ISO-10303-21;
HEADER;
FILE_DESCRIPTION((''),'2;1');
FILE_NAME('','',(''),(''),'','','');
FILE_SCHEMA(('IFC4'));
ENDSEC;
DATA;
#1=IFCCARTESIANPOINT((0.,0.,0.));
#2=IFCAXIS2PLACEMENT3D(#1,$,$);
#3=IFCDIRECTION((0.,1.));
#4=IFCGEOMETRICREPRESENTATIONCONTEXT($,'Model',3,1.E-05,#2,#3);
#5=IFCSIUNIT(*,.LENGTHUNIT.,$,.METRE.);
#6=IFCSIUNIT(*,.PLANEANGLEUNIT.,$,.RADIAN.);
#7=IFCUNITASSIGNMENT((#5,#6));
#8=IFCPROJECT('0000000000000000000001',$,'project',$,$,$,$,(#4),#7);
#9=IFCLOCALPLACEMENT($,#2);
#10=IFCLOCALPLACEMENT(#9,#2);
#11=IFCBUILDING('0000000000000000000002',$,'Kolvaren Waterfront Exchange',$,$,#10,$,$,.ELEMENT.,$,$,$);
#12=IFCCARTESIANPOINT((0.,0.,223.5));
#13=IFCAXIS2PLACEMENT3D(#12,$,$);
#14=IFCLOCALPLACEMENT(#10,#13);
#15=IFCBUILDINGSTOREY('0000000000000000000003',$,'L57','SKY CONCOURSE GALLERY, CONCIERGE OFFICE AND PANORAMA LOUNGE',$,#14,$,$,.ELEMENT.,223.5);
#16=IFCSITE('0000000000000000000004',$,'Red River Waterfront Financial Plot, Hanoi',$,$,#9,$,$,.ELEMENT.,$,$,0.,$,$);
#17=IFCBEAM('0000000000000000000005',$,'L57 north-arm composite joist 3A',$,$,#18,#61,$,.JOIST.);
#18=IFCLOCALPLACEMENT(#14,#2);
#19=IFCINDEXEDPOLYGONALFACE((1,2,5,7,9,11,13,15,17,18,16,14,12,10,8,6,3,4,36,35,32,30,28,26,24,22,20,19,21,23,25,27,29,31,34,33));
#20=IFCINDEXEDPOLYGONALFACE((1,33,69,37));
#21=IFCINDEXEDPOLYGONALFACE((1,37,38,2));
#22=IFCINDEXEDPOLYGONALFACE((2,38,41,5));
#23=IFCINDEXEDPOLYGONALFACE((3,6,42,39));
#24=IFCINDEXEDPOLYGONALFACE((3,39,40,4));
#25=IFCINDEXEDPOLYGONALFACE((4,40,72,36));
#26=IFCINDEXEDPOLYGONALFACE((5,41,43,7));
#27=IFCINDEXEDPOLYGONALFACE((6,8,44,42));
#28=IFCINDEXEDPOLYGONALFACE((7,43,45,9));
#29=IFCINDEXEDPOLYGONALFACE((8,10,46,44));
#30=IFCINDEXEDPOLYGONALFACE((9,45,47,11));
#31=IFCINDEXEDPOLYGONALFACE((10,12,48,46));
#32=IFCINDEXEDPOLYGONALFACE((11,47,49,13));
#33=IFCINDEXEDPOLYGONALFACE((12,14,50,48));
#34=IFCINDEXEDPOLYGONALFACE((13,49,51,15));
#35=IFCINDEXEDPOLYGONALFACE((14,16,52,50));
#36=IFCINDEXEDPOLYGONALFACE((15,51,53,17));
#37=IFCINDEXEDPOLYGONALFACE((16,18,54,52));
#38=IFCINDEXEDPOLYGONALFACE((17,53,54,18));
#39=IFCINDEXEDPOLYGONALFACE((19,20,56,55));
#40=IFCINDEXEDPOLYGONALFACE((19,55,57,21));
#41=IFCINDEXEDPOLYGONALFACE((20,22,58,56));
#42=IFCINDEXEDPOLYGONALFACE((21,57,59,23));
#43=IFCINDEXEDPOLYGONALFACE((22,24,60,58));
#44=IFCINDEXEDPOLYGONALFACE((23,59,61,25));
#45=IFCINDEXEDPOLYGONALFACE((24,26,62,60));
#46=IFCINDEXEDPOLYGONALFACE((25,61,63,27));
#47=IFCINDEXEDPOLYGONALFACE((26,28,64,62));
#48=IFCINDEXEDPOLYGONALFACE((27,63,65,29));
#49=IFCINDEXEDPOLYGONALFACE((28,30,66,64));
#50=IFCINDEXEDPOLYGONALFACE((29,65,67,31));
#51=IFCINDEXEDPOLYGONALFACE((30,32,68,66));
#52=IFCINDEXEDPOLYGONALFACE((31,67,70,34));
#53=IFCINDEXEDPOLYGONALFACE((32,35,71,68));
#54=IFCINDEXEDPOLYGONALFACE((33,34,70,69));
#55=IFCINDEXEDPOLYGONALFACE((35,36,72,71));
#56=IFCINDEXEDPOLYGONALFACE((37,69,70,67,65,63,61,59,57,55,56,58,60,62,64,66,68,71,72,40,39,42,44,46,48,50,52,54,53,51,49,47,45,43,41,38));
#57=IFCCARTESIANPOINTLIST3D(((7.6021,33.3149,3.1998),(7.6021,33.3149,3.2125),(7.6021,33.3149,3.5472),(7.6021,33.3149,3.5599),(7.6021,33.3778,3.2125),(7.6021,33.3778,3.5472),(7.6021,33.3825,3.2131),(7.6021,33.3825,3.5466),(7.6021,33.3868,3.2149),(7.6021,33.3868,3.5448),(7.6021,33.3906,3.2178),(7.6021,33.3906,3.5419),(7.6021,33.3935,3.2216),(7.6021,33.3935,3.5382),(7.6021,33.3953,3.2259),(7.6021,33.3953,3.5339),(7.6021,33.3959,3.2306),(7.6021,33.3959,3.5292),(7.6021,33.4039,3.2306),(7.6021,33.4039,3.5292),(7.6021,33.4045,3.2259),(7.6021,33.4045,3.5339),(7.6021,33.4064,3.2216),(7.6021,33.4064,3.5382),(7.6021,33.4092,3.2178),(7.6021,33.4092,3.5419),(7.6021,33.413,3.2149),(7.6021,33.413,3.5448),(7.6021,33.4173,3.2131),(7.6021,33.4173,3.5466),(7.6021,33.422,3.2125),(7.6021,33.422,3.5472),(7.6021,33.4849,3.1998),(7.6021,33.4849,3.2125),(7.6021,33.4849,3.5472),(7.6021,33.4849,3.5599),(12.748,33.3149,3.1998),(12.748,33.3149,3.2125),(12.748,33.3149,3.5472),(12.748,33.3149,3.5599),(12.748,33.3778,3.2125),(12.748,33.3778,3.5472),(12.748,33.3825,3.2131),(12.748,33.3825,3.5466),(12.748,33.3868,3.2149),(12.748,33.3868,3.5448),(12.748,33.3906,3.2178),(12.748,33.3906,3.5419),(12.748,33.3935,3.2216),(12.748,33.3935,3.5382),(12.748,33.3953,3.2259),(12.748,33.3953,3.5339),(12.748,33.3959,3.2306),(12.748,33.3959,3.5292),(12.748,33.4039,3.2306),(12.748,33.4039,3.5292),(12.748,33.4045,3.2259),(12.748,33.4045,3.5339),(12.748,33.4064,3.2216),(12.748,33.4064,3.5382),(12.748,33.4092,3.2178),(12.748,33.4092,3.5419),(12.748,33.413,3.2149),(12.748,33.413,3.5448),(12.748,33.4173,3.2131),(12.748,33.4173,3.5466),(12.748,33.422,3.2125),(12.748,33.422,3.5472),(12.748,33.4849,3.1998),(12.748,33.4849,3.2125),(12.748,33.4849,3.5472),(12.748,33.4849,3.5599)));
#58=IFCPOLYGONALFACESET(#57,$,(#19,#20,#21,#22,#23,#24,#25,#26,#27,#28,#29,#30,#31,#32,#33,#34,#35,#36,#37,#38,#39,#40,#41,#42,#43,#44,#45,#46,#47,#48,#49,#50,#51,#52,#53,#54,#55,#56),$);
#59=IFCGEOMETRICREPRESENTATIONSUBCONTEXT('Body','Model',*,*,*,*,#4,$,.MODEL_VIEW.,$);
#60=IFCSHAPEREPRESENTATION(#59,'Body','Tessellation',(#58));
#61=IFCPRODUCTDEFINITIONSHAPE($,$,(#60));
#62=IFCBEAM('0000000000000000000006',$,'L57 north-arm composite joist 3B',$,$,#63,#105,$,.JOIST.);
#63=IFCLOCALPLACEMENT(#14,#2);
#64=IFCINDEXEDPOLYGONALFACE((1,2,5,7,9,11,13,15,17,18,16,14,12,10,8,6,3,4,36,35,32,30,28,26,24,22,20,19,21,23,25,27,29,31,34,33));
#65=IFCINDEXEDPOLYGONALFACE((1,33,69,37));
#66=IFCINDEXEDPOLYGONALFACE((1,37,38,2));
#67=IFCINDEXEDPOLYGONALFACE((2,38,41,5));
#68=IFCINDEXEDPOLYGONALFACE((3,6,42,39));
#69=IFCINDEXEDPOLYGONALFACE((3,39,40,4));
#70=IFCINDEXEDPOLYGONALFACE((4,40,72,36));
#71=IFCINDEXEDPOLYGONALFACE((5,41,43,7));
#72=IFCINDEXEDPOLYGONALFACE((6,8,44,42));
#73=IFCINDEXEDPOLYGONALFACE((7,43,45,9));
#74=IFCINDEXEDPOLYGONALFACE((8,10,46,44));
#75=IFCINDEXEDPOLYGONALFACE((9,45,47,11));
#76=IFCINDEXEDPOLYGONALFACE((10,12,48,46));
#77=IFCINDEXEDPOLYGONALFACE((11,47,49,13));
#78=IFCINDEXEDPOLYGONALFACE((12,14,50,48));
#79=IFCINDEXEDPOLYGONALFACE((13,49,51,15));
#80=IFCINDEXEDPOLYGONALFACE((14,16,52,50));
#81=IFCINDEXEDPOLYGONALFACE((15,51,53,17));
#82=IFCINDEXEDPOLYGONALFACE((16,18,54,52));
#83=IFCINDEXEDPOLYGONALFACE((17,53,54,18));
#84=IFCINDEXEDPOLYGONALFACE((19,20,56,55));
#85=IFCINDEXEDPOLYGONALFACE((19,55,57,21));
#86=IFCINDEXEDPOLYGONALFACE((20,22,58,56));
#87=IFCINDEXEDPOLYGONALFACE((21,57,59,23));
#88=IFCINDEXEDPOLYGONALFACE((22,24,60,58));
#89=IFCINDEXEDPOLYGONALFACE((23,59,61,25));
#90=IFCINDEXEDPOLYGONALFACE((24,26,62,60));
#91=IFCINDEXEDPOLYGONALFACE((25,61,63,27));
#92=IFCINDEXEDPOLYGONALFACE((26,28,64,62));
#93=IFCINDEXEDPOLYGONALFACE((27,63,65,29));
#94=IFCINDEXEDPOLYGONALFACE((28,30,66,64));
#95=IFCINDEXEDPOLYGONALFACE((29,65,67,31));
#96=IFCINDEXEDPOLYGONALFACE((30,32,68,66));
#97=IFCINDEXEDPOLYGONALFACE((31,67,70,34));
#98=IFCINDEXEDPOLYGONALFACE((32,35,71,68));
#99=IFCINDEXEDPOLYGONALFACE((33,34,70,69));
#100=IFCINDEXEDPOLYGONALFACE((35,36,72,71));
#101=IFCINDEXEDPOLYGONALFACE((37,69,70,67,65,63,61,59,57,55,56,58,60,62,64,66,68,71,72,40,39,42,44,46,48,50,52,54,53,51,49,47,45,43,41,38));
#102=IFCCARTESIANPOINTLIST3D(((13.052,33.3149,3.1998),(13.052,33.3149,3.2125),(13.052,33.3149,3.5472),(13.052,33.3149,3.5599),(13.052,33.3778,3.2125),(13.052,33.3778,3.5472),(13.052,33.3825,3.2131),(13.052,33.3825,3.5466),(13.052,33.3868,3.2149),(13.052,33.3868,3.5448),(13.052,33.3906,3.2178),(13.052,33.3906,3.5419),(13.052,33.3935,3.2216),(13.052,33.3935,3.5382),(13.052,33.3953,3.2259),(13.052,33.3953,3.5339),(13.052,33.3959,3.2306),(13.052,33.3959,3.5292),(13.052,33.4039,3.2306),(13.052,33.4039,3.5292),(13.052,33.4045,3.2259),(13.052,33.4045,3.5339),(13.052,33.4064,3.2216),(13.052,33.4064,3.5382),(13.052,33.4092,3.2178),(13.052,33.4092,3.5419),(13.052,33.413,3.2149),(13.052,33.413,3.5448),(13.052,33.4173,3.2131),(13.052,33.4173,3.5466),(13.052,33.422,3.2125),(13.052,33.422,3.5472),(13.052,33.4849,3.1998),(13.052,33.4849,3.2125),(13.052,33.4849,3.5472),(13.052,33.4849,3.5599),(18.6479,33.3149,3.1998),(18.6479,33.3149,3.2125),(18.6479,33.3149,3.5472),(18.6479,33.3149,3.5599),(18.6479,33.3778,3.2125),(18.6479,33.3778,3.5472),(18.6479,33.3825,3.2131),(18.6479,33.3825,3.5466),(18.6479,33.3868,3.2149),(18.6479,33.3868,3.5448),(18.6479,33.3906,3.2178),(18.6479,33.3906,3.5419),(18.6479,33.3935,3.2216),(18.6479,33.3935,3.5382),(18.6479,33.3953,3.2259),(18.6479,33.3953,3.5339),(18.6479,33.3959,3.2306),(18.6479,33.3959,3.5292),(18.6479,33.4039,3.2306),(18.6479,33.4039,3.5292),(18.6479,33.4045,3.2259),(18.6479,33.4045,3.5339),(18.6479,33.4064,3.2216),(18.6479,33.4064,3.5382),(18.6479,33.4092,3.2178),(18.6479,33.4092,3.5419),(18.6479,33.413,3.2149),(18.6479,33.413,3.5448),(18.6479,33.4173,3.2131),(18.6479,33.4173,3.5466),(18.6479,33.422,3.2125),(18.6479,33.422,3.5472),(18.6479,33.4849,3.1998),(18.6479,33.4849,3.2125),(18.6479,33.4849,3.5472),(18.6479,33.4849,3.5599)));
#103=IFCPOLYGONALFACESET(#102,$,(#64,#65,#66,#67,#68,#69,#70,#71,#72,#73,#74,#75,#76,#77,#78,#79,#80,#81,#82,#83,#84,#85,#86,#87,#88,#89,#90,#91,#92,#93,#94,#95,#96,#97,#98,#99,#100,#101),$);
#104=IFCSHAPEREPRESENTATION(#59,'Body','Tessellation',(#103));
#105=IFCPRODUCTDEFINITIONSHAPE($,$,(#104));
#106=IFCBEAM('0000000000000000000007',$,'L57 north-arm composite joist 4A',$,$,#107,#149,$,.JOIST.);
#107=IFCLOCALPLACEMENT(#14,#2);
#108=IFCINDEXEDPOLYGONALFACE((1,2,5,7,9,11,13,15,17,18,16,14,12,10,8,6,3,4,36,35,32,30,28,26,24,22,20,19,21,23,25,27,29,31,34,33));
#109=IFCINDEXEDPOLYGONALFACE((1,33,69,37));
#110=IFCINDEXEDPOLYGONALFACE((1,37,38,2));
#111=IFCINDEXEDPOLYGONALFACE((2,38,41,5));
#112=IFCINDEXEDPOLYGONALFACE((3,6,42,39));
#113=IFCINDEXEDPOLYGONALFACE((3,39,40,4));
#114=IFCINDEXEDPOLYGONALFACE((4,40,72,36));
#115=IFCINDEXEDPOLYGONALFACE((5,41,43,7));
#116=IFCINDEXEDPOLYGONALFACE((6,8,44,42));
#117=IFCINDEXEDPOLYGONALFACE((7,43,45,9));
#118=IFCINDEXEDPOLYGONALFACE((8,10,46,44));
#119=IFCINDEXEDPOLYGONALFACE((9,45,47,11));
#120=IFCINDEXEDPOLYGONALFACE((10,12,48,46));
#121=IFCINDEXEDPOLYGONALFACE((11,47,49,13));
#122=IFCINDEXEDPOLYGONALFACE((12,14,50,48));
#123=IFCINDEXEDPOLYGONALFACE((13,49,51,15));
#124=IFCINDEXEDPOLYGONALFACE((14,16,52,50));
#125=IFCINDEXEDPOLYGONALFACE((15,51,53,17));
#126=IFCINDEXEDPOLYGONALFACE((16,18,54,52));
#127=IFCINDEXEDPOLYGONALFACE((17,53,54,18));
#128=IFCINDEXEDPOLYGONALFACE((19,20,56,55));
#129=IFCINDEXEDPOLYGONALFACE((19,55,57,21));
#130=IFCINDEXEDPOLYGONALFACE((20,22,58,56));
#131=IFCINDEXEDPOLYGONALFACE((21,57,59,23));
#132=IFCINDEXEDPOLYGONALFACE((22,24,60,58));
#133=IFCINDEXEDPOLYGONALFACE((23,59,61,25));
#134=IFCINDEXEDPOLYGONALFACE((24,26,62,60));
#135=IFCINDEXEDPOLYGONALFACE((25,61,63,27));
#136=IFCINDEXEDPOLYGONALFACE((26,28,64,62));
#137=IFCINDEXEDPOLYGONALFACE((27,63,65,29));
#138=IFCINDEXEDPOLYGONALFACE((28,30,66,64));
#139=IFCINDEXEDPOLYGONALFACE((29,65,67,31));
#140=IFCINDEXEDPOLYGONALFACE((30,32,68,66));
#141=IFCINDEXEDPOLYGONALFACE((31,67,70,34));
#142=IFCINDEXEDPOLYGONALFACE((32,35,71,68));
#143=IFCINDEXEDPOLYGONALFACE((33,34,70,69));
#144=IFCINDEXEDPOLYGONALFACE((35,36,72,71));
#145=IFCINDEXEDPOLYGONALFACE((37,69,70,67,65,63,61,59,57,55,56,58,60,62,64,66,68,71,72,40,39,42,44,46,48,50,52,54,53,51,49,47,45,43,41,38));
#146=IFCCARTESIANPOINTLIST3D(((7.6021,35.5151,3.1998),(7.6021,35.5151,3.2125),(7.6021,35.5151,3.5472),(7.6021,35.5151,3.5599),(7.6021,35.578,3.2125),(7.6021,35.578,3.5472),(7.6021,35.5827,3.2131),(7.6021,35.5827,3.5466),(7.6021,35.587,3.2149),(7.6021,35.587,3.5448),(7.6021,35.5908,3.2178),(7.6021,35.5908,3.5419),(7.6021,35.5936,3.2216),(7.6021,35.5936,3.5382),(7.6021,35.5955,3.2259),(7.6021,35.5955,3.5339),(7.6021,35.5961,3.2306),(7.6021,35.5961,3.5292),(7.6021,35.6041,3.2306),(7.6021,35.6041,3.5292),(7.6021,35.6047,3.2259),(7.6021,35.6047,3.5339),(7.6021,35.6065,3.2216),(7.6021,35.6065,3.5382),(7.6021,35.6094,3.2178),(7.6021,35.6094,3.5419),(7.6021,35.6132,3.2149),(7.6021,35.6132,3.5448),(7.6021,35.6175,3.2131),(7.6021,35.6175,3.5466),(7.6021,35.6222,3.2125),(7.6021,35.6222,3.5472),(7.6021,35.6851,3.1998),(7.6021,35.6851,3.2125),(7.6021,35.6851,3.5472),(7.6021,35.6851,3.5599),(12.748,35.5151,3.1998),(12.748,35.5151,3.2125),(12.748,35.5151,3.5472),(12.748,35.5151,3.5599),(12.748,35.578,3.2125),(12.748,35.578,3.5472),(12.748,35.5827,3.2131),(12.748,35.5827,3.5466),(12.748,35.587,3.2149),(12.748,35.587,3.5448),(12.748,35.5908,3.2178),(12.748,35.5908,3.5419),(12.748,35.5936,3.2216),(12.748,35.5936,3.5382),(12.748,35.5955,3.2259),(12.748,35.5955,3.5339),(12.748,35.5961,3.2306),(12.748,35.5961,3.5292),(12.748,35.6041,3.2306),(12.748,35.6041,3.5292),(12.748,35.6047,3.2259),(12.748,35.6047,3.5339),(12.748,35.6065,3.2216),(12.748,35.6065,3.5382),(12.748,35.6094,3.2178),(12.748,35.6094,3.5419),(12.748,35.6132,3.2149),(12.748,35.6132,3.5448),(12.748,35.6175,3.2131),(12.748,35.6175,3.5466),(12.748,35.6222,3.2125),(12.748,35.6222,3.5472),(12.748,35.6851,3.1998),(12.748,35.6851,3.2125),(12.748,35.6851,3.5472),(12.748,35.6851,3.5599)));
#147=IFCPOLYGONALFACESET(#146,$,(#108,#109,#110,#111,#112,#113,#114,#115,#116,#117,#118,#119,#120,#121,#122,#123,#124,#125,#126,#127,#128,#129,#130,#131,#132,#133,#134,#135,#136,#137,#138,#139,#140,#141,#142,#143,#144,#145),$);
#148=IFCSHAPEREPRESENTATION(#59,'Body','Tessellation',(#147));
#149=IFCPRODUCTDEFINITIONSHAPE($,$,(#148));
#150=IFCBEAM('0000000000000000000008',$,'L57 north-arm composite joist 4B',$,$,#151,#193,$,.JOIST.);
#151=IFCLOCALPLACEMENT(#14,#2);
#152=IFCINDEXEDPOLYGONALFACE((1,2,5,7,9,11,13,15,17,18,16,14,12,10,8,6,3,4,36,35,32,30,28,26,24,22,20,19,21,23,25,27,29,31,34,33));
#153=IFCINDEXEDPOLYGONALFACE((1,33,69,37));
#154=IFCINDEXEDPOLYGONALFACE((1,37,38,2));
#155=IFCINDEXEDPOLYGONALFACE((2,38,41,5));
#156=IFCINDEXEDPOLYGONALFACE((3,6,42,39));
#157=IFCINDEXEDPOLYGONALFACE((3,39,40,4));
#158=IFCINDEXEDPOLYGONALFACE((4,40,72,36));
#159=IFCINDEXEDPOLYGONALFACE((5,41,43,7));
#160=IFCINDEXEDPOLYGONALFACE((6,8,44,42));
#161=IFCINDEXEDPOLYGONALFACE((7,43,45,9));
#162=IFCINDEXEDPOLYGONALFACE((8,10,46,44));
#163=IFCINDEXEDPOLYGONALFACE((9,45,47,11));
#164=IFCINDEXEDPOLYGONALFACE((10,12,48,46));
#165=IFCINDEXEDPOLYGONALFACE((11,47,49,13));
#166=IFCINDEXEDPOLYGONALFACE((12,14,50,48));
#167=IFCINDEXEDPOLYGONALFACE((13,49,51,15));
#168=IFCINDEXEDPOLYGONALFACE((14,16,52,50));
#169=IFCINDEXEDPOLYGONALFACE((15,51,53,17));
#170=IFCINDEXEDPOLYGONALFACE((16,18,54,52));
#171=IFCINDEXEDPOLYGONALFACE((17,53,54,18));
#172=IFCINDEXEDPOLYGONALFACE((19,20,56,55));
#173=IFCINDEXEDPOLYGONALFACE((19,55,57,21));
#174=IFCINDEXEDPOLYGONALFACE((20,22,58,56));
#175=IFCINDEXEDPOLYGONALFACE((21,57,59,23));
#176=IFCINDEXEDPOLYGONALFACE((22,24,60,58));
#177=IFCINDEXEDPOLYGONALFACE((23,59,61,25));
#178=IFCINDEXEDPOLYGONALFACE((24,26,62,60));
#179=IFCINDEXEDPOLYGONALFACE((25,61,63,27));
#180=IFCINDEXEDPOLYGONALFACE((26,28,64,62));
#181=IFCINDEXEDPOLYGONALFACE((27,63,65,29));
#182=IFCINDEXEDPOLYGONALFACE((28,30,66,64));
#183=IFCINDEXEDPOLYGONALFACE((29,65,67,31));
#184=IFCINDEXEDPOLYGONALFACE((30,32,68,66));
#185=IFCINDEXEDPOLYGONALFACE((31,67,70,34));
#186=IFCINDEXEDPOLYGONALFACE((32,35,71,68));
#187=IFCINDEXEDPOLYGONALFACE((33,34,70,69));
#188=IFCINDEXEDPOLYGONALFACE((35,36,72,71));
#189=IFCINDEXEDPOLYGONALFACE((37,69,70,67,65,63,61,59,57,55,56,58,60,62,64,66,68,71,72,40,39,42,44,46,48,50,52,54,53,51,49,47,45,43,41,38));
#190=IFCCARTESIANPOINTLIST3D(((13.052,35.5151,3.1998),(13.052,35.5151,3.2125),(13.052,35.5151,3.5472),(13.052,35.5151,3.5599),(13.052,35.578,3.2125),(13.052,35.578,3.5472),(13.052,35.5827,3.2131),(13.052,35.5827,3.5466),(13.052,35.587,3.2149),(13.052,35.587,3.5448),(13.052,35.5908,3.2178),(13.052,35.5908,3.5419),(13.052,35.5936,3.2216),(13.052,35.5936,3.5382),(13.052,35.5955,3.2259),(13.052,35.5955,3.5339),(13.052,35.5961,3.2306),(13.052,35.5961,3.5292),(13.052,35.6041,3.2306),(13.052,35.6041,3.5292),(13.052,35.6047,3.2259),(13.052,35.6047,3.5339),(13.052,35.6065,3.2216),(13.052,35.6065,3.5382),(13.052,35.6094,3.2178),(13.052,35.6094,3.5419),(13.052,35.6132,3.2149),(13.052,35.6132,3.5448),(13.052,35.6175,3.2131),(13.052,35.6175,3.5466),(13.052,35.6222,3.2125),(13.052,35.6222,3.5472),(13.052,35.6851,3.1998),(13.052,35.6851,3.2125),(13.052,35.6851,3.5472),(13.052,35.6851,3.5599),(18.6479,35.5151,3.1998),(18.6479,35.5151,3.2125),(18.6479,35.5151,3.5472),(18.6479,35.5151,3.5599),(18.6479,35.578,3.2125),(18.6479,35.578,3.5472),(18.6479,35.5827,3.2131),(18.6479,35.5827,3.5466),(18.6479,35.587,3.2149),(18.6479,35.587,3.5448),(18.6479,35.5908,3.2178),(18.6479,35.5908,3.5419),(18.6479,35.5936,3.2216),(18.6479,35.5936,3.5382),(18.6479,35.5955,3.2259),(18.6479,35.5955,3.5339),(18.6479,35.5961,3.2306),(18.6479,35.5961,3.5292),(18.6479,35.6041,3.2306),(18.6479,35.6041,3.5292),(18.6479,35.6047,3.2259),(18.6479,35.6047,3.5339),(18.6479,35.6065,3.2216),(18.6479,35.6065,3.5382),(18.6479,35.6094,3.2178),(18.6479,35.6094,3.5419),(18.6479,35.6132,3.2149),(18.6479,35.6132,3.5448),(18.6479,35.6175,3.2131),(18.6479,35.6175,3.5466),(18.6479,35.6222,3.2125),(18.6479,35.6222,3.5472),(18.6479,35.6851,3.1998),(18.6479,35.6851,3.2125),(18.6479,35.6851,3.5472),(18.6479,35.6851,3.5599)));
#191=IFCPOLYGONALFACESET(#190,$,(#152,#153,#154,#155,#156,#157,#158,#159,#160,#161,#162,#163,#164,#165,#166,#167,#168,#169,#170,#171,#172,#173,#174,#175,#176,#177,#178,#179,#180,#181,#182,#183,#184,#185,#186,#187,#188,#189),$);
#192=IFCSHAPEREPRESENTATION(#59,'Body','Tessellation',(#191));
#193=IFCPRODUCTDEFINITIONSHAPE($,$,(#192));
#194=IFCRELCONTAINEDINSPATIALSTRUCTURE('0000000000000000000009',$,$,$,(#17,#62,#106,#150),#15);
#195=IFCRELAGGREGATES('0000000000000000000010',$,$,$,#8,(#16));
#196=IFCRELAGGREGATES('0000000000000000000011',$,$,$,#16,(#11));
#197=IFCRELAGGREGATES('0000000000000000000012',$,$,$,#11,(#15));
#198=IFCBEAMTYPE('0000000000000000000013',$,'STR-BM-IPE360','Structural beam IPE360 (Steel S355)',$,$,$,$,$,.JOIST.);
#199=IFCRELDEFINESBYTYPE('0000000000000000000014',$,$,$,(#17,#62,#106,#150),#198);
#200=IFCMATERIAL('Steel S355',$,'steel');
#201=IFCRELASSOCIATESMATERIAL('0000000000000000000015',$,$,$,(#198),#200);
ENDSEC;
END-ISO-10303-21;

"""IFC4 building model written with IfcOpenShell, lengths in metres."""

from ifc_helpers import new_model, si_unit, direction, frame, origin, origin_2d, place, context, subcontext, project, spatial, i_section, extrude, material, material_profile, profile_set, type_object, element, save


model = new_model("IFC4")

# Units and contexts
model_context = context("Model", 3, precision=1e-05, world=origin(), true_north=direction((0.0, 1.0)))
body_context = subcontext(model_context, "Body", "Model", "MODEL_VIEW")
ifc_project = project(units=[si_unit("LENGTHUNIT", "METRE"), si_unit("PLANEANGLEUNIT", "RADIAN")], contexts=[model_context])

# Site, building, storey
site_placement = place(None, origin())
site = spatial("IfcSite", under=ifc_project, at=site_placement, Name="Red River Waterfront Financial Plot, Hanoi", CompositionType="ELEMENT", RefElevation=0.0)
building_placement = place(site_placement, origin())
building = spatial("IfcBuilding", under=site, at=building_placement, Name="Kolvaren Waterfront Exchange", CompositionType="ELEMENT")
storey_placement = place(building_placement, frame((0.0, 0.0, 223.5)))
storey = spatial("IfcBuildingStorey", under=building, at=storey_placement, Name="L57", Description="SKY CONCOURSE GALLERY, CONCIERGE OFFICE AND PANORAMA LOUNGE", CompositionType="ELEMENT", Elevation=223.5)

# Beams
ifc_material_1 = material(Name="Steel S355", Category="steel")
ifc_material_profile_1 = material_profile(ifc_material_1, i_section(OverallWidth=0.1699, OverallDepth=0.3601, WebThickness=0.0081, FlangeThickness=0.0127, FilletRadius=0.0181, at=origin_2d()), Name="IPE360")
ifc_profile_set_1 = profile_set([ifc_material_profile_1], Name="Steel S355")
beam_type_1 = type_object("IfcBeamType", Name="STR-BM-IPE360", Description="Structural beam IPE360 (Steel S355)", PredefinedType="JOIST", material=ifc_profile_set_1)
beam_1_placement = place(storey_placement, frame((7.6021, 33.3999, 3.3799), z_axis=(1.0, 0.0, 0.0), x_axis=(0.0, 1.0, 0.0)))
element("IfcBeam", 1, at=beam_1_placement, inside=storey, type_object=beam_type_1, Name="L57 north-arm composite joist 3A", PredefinedType="JOIST", context=body_context, shape_type="SweptSolid", body=[
    extrude(i_section(OverallWidth=0.1699, OverallDepth=0.3601, WebThickness=0.0081, FlangeThickness=0.0127, FilletRadius=0.0181, at=origin_2d()), origin(), (0.0, 0.0, 1.0), 5.146),
])
beam_2_placement = place(storey_placement, frame((13.052, 33.3999, 3.3799), z_axis=(1.0, 0.0, 0.0), x_axis=(0.0, 1.0, 0.0)))
element("IfcBeam", 2, at=beam_2_placement, inside=storey, type_object=beam_type_1, Name="L57 north-arm composite joist 3B", PredefinedType="JOIST", context=body_context, shape_type="SweptSolid", body=[
    extrude(i_section(OverallWidth=0.1699, OverallDepth=0.3601, WebThickness=0.0081, FlangeThickness=0.0127, FilletRadius=0.0181, at=origin_2d()), origin(), (0.0, 0.0, 1.0), 5.5959),
])
beam_3_placement = place(storey_placement, frame((7.6021, 35.6001, 3.3799), z_axis=(1.0, 0.0, 0.0), x_axis=(0.0, 1.0, 0.0)))
element("IfcBeam", 3, at=beam_3_placement, inside=storey, type_object=beam_type_1, Name="L57 north-arm composite joist 4A", PredefinedType="JOIST", context=body_context, shape_type="SweptSolid", body=[
    extrude(i_section(OverallWidth=0.1699, OverallDepth=0.3601, WebThickness=0.0081, FlangeThickness=0.0127, FilletRadius=0.0181, at=origin_2d()), origin(), (0.0, 0.0, 1.0), 5.146),
])
beam_4_placement = place(storey_placement, frame((13.052, 35.6001, 3.3799), z_axis=(1.0, 0.0, 0.0), x_axis=(0.0, 1.0, 0.0)))
element("IfcBeam", 4, at=beam_4_placement, inside=storey, type_object=beam_type_1, Name="L57 north-arm composite joist 4B", PredefinedType="JOIST", context=body_context, shape_type="SweptSolid", body=[
    extrude(i_section(OverallWidth=0.1699, OverallDepth=0.3601, WebThickness=0.0081, FlangeThickness=0.0127, FilletRadius=0.0181, at=origin_2d()), origin(), (0.0, 0.0, 1.0), 5.5959),
])

save(model, "model.ifc")
